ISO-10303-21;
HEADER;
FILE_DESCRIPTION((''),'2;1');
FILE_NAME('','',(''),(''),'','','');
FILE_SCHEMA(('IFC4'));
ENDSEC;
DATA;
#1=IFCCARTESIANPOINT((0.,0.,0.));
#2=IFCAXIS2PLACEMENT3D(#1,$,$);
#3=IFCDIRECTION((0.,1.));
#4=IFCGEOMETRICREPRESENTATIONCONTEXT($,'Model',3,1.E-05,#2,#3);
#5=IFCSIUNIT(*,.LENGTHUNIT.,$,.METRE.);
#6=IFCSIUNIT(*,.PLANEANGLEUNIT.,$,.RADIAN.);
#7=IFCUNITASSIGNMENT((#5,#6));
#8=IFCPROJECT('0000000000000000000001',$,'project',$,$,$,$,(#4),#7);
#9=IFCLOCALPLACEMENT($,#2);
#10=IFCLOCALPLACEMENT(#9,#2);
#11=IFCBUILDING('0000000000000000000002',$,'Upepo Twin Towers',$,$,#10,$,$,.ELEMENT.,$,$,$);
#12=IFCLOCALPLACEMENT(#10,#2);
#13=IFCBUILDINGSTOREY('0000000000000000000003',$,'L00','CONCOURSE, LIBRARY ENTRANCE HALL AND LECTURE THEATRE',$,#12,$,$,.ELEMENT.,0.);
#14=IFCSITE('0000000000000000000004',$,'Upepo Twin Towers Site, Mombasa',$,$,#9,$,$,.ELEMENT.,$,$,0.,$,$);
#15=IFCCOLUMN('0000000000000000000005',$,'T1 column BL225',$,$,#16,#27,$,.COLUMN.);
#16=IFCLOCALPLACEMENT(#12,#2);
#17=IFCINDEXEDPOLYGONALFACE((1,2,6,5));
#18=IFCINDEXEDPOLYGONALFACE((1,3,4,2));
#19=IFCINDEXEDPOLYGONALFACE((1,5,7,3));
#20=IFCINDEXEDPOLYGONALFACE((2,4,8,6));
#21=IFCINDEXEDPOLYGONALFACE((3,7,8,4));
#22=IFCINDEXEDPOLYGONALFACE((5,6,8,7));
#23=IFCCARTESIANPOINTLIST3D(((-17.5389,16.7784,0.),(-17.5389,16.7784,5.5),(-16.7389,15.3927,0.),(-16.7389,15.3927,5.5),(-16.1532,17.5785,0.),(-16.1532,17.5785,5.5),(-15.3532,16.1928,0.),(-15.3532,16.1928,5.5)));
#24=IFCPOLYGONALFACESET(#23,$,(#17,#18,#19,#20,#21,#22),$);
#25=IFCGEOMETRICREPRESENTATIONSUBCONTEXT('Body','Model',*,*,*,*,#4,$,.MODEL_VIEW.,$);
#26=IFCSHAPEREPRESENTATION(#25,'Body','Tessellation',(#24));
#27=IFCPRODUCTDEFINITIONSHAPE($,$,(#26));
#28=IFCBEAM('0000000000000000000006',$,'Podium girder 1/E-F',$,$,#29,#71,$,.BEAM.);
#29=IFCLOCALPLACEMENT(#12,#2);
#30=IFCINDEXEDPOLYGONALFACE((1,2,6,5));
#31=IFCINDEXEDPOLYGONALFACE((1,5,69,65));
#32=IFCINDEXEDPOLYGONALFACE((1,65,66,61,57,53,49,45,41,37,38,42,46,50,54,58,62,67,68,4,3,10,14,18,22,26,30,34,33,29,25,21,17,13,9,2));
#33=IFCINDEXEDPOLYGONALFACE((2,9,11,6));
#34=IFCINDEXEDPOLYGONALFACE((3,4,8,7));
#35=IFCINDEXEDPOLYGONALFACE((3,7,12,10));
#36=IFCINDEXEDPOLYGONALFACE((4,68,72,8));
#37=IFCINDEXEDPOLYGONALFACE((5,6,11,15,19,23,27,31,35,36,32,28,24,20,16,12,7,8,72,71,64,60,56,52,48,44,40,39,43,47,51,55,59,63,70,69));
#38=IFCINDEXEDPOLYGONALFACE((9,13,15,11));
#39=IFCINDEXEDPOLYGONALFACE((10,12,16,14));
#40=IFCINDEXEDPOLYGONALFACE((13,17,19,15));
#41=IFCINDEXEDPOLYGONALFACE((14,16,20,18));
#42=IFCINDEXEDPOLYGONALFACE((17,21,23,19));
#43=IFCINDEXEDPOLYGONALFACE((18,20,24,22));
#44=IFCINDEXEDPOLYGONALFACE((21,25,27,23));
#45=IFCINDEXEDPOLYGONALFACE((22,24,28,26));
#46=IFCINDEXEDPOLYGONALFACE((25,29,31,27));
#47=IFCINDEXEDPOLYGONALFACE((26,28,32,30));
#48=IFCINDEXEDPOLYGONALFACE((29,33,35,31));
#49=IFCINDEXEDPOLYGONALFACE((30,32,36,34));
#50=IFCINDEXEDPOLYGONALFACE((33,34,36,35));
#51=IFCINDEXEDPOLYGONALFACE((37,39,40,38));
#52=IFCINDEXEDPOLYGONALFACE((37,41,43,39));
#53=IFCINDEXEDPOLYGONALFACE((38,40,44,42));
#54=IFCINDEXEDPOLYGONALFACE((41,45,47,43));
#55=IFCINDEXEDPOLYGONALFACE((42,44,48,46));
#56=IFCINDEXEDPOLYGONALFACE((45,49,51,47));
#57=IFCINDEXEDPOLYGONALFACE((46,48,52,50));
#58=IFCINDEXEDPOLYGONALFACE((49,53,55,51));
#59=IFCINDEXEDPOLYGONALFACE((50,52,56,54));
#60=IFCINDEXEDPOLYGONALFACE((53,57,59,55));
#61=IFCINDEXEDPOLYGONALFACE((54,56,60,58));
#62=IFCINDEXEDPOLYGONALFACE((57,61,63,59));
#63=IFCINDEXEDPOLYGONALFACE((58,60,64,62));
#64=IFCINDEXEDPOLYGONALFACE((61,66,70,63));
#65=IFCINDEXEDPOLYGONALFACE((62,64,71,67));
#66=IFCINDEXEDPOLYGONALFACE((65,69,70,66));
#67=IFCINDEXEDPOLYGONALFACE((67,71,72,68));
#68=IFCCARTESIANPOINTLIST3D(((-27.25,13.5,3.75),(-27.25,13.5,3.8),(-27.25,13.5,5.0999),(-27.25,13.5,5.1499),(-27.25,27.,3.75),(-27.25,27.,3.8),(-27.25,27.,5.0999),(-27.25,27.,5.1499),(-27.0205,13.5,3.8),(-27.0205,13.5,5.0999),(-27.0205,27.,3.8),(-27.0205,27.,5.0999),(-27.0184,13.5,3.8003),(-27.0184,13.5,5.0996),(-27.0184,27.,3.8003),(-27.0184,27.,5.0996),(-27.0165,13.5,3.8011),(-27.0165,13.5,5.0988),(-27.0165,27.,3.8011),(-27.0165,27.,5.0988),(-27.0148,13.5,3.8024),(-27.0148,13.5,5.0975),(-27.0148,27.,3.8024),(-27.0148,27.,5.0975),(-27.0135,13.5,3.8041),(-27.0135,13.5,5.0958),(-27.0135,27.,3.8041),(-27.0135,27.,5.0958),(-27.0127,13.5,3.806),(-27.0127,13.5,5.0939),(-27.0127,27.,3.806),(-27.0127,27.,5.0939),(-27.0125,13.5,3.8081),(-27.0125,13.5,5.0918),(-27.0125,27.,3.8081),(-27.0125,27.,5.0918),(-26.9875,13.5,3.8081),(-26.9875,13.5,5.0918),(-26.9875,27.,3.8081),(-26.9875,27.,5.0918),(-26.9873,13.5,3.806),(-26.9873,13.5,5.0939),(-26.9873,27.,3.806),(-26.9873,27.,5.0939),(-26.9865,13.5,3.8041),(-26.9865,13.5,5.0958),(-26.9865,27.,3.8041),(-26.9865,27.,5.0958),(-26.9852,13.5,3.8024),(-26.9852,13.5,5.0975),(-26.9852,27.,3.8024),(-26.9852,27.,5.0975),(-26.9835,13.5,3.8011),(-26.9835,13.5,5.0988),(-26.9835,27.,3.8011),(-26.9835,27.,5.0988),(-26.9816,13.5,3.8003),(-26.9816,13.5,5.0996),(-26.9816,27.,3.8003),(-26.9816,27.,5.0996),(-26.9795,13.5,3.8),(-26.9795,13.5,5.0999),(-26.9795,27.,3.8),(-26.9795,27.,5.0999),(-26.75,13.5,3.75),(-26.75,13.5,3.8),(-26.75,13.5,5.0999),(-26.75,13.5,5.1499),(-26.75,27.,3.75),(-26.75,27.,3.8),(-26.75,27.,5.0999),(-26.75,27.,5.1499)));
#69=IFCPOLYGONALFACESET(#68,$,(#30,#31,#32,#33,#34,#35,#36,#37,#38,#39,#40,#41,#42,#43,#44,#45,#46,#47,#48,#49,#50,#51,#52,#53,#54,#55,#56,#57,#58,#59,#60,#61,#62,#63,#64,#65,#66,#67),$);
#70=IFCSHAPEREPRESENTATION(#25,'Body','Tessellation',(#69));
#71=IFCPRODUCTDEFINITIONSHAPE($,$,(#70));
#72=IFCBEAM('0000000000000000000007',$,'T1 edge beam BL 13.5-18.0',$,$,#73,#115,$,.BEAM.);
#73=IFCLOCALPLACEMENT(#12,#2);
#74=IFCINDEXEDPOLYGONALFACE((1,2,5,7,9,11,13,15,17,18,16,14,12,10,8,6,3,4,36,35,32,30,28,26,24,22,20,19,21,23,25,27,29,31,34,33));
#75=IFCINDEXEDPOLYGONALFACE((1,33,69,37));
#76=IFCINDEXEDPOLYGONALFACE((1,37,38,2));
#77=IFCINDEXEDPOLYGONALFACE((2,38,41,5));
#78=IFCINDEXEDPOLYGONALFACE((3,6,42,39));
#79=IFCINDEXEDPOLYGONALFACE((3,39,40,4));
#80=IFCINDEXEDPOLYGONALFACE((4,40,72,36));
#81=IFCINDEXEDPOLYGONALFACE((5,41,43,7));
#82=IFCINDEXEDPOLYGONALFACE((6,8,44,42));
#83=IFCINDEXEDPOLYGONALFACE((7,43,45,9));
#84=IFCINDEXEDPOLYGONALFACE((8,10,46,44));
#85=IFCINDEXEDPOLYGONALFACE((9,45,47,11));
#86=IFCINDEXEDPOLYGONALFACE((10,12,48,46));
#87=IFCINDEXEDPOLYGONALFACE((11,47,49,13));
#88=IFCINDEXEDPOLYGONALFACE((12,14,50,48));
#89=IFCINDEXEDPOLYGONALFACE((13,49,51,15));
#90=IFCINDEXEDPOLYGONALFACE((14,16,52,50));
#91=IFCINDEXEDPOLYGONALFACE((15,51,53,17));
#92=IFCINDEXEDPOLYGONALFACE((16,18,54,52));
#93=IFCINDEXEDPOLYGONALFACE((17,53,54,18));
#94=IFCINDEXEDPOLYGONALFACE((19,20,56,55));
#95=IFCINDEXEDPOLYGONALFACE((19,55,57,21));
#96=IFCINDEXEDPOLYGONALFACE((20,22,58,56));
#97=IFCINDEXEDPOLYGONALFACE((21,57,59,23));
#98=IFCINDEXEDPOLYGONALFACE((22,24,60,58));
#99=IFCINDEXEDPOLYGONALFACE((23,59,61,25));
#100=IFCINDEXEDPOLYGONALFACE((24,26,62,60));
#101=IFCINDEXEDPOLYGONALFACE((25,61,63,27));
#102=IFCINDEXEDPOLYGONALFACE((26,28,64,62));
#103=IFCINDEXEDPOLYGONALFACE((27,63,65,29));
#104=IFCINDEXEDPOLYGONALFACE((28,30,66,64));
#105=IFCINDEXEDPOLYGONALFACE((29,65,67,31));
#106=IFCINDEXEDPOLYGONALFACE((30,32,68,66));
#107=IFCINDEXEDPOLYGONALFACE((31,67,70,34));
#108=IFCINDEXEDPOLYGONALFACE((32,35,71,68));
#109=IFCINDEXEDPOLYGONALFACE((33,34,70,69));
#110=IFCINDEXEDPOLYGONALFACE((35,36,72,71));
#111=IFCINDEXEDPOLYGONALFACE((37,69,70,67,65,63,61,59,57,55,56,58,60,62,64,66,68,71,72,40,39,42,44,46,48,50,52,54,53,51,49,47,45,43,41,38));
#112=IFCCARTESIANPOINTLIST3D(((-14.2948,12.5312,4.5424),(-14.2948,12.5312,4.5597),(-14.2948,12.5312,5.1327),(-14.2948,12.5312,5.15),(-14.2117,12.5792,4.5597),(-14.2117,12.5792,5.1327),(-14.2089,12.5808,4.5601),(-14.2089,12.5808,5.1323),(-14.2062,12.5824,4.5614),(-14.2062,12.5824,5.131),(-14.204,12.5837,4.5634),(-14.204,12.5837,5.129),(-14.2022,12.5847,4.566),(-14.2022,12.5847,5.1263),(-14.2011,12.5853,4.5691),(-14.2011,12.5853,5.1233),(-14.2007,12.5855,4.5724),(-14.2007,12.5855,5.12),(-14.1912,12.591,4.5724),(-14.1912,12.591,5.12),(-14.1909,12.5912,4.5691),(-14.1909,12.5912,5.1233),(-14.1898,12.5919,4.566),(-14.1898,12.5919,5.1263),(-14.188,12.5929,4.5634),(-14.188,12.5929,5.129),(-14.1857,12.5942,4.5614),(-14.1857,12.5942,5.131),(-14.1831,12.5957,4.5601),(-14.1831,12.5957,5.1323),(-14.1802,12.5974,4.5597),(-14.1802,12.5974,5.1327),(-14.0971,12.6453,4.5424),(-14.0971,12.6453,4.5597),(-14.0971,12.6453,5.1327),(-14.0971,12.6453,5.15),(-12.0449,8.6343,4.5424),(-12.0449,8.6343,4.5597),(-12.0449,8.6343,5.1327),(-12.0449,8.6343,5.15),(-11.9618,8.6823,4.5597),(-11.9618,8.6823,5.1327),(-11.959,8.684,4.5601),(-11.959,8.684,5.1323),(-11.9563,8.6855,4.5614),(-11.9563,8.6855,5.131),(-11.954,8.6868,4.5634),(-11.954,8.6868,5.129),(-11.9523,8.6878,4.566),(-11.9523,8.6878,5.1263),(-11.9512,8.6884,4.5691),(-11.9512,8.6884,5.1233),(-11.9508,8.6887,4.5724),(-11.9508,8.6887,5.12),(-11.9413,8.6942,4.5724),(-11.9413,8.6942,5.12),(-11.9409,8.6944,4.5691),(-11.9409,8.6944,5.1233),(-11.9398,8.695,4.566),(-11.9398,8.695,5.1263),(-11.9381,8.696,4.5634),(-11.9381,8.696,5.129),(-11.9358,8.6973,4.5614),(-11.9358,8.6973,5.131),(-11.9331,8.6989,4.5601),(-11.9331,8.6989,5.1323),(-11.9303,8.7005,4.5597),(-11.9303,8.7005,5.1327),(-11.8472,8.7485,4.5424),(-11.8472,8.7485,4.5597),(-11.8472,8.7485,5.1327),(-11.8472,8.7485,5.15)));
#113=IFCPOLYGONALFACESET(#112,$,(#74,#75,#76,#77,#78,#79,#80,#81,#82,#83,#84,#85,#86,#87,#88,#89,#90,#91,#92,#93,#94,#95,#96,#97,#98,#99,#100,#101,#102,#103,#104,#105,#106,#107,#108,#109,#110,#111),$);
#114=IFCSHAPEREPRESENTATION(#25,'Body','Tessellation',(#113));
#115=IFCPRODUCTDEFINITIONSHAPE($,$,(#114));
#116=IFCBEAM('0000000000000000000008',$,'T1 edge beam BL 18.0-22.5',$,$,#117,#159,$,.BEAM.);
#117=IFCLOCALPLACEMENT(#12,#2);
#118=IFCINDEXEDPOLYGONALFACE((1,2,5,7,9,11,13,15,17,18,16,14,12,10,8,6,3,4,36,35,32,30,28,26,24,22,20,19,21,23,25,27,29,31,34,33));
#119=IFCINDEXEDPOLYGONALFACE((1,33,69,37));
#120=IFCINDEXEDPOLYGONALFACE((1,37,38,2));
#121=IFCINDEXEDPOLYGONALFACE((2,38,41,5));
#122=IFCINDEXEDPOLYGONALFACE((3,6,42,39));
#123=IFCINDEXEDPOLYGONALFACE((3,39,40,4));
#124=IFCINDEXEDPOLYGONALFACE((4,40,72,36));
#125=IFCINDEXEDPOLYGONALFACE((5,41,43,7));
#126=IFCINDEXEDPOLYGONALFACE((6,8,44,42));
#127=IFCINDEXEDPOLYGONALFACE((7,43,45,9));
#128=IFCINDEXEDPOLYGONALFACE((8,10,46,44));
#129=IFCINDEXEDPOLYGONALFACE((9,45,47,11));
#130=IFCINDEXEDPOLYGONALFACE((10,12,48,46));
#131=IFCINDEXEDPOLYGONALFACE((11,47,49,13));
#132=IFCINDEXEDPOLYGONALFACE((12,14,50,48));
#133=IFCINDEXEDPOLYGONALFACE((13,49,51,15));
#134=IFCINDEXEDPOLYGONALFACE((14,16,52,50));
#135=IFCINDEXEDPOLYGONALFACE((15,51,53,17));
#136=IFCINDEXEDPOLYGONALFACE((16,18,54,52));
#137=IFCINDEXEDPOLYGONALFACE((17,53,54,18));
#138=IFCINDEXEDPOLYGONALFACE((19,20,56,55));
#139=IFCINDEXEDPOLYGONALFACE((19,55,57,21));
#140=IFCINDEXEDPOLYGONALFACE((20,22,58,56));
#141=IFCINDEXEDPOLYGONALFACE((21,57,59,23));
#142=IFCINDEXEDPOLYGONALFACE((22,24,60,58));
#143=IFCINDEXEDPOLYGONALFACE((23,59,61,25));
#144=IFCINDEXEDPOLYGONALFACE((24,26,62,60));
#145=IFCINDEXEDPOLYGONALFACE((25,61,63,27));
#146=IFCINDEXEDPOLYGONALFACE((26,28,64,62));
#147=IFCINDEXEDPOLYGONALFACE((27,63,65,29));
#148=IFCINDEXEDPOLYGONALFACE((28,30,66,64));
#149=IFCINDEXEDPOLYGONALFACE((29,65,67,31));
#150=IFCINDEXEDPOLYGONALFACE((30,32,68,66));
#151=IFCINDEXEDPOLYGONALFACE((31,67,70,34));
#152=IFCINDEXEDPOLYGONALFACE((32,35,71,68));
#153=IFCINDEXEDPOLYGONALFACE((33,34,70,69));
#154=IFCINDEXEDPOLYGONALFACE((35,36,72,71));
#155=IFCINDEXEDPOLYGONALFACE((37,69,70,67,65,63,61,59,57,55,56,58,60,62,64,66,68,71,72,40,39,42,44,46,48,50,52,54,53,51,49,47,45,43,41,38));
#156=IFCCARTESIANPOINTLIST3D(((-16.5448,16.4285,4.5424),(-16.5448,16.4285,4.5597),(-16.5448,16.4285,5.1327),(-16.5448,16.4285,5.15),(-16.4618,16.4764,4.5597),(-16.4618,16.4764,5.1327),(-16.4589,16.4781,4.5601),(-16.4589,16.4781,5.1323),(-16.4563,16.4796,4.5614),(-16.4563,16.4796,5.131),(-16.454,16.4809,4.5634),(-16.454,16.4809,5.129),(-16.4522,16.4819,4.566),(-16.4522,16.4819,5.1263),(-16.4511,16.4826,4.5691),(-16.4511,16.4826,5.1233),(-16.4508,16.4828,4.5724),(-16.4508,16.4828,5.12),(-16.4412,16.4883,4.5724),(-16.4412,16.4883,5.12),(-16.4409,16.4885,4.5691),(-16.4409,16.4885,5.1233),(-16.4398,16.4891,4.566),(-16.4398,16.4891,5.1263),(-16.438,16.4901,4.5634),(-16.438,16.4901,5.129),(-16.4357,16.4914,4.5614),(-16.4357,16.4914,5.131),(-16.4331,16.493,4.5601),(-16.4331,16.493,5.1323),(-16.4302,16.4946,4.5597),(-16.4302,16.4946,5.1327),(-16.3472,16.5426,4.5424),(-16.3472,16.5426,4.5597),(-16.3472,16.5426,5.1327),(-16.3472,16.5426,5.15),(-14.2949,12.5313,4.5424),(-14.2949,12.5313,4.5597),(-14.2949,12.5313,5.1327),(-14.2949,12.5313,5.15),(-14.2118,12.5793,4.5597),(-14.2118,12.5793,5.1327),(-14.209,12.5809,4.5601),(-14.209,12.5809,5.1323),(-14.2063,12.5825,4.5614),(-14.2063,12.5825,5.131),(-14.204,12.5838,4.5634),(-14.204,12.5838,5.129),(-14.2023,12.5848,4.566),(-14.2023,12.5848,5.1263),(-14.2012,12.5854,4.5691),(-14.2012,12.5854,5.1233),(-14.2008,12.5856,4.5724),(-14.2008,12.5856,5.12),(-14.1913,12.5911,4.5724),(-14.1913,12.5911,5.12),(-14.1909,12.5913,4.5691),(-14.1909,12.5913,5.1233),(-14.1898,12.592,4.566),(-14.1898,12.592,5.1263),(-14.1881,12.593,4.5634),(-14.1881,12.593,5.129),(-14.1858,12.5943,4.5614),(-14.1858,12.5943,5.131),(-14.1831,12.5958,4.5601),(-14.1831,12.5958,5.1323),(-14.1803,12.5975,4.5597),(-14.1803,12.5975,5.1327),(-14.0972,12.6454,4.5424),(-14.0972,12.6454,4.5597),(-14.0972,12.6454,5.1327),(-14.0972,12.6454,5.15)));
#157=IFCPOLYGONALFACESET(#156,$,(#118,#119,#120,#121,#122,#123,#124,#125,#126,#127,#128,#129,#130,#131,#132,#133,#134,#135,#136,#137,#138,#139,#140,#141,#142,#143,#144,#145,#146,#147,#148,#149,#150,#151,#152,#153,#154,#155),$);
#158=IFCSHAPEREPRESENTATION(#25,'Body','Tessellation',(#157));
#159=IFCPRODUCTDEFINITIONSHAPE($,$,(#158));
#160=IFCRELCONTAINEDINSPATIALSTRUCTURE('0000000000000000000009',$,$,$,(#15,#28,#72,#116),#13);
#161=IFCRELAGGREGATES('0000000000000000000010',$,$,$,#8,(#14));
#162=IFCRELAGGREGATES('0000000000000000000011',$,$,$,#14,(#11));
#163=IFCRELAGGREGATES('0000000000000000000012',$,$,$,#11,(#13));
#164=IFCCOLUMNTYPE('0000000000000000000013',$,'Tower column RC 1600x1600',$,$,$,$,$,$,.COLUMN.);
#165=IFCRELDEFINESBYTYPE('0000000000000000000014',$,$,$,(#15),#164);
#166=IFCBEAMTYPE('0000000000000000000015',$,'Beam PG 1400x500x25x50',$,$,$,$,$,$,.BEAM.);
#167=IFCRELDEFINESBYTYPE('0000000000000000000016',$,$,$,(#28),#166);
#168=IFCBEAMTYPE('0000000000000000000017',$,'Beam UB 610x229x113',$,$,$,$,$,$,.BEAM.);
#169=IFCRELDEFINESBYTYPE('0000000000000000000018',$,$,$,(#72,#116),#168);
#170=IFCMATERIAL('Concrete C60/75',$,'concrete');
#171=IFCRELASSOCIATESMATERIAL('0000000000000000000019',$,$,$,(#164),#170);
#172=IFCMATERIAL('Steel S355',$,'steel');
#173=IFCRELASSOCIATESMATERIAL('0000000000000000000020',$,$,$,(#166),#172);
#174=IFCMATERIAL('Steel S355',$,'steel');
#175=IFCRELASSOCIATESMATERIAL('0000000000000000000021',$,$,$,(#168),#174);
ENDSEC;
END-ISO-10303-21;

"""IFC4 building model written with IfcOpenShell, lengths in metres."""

from ifc_helpers import new_model, si_unit, direction, frame, origin, origin_2d, place, context, subcontext, project, spatial, rectangle, i_section, extrude, material, material_profile, profile_set, type_object, element, save


model = new_model("IFC4")

# Units and contexts
model_context = context("Model", 3, precision=1e-05, world=origin(), true_north=direction((0.0, 1.0)))
body_context = subcontext(model_context, "Body", "Model", "MODEL_VIEW")
ifc_project = project(units=[si_unit("LENGTHUNIT", "METRE"), si_unit("PLANEANGLEUNIT", "RADIAN")], contexts=[model_context])

# Site, building, storey
site_placement = place(None, origin())
site = spatial("IfcSite", under=ifc_project, at=site_placement, Name="Upepo Twin Towers Site, Mombasa", CompositionType="ELEMENT", RefElevation=0.0)
building_placement = place(site_placement, origin())
building = spatial("IfcBuilding", under=site, at=building_placement, Name="Upepo Twin Towers", CompositionType="ELEMENT")
storey_placement = place(building_placement, origin())
storey = spatial("IfcBuildingStorey", under=building, at=storey_placement, Name="L00", Description="CONCOURSE, LIBRARY ENTRANCE HALL AND LECTURE THEATRE", CompositionType="ELEMENT", Elevation=0.0)

# Column
ifc_material_1 = material(Name="Concrete C60/75", Category="concrete")
ifc_material_profile_1 = material_profile(ifc_material_1, rectangle(XDim=1.6001, YDim=1.6001, at=origin_2d()), Name="RC 1600x1600")
ifc_profile_set_1 = profile_set([ifc_material_profile_1], Name="Concrete C60/75")
column_type_1 = type_object("IfcColumnType", Name="Tower column RC 1600x1600", PredefinedType="COLUMN", material=ifc_profile_set_1)
for number, where, z_axis, x_axis, name in (
    (1, (-16.446, 16.4856, 0.0), (0.0, 0.0, 1.0), (0.866025, 0.5, 0.0), "T1 column BL225"),
):
    element("IfcColumn", number, at=place(storey_placement, frame(where, z_axis=z_axis, x_axis=x_axis)), inside=storey, type_object=column_type_1, Name=name, PredefinedType="COLUMN", context=body_context, shape_type="SweptSolid", body=[
        extrude(rectangle(XDim=1.6001, YDim=1.6001, at=origin_2d()), origin(), (0.0, 0.0, 1.0), 5.5),
    ])

# Beams
ifc_material_2 = material(Name="Steel S355", Category="steel")
ifc_material_profile_2 = material_profile(ifc_material_2, i_section(OverallWidth=0.5, OverallDepth=1.3999, WebThickness=0.0249, FlangeThickness=0.05, FilletRadius=0.0081, at=origin_2d()), Name="PG 1400x500x25x50")
ifc_profile_set_2 = profile_set([ifc_material_profile_2], Name="Steel S355")
beam_type_1 = type_object("IfcBeamType", Name="Beam PG 1400x500x25x50", PredefinedType="BEAM", material=ifc_profile_set_2)
beam_1_placement = place(storey_placement, frame((-27.0, 13.5, 4.45), z_axis=(0.0, 1.0, 0.0), x_axis=(-1.0, 0.0, 0.0)))
element("IfcBeam", 2, at=beam_1_placement, inside=storey, type_object=beam_type_1, Name="Podium girder 1/E-F", PredefinedType="BEAM", context=body_context, shape_type="SweptSolid", body=[
    extrude(i_section(OverallWidth=0.5, OverallDepth=1.3999, WebThickness=0.0249, FlangeThickness=0.05, FilletRadius=0.0081, at=origin_2d()), origin(), (0.0, 0.0, 1.0), 13.5),
])
ifc_material_3 = material(Name="Steel S355", Category="steel")
ifc_material_profile_3 = material_profile(ifc_material_3, i_section(OverallWidth=0.2283, OverallDepth=0.6077, WebThickness=0.011, FlangeThickness=0.0173, FilletRadius=0.0127, at=origin_2d()), Name="UB 610x229x113")
ifc_profile_set_3 = profile_set([ifc_material_profile_3], Name="Steel S355")
beam_type_2 = type_object("IfcBeamType", Name="Beam UB 610x229x113", PredefinedType="BEAM", material=ifc_profile_set_3)
beam_2_placement = place(storey_placement, frame((-11.946, 8.6914, 4.8462), z_axis=(-0.500014, 0.866018, 0.0), x_axis=(-0.866018, -0.500014, 0.0)))
element("IfcBeam", 3, at=beam_2_placement, inside=storey, type_object=beam_type_2, Name="T1 edge beam BL 13.5-18.0", PredefinedType="BEAM", context=body_context, shape_type="SweptSolid", body=[
    extrude(i_section(OverallWidth=0.2283, OverallDepth=0.6077, WebThickness=0.011, FlangeThickness=0.0173, FilletRadius=0.0127, at=origin_2d()), origin(), (0.0, 0.0, 1.0), 4.4998),
])
beam_3_placement = place(storey_placement, frame((-14.196, 12.5884, 4.8462), z_axis=(-0.49999, 0.866031, 0.0), x_axis=(-0.866031, -0.49999, 0.0)))
element("IfcBeam", 4, at=beam_3_placement, inside=storey, type_object=beam_type_2, Name="T1 edge beam BL 18.0-22.5", PredefinedType="BEAM", context=body_context, shape_type="SweptSolid", body=[
    extrude(i_section(OverallWidth=0.2283, OverallDepth=0.6077, WebThickness=0.011, FlangeThickness=0.0173, FilletRadius=0.0127, at=origin_2d()), origin(), (0.0, 0.0, 1.0), 4.5),
])

save(model, "model.ifc")
